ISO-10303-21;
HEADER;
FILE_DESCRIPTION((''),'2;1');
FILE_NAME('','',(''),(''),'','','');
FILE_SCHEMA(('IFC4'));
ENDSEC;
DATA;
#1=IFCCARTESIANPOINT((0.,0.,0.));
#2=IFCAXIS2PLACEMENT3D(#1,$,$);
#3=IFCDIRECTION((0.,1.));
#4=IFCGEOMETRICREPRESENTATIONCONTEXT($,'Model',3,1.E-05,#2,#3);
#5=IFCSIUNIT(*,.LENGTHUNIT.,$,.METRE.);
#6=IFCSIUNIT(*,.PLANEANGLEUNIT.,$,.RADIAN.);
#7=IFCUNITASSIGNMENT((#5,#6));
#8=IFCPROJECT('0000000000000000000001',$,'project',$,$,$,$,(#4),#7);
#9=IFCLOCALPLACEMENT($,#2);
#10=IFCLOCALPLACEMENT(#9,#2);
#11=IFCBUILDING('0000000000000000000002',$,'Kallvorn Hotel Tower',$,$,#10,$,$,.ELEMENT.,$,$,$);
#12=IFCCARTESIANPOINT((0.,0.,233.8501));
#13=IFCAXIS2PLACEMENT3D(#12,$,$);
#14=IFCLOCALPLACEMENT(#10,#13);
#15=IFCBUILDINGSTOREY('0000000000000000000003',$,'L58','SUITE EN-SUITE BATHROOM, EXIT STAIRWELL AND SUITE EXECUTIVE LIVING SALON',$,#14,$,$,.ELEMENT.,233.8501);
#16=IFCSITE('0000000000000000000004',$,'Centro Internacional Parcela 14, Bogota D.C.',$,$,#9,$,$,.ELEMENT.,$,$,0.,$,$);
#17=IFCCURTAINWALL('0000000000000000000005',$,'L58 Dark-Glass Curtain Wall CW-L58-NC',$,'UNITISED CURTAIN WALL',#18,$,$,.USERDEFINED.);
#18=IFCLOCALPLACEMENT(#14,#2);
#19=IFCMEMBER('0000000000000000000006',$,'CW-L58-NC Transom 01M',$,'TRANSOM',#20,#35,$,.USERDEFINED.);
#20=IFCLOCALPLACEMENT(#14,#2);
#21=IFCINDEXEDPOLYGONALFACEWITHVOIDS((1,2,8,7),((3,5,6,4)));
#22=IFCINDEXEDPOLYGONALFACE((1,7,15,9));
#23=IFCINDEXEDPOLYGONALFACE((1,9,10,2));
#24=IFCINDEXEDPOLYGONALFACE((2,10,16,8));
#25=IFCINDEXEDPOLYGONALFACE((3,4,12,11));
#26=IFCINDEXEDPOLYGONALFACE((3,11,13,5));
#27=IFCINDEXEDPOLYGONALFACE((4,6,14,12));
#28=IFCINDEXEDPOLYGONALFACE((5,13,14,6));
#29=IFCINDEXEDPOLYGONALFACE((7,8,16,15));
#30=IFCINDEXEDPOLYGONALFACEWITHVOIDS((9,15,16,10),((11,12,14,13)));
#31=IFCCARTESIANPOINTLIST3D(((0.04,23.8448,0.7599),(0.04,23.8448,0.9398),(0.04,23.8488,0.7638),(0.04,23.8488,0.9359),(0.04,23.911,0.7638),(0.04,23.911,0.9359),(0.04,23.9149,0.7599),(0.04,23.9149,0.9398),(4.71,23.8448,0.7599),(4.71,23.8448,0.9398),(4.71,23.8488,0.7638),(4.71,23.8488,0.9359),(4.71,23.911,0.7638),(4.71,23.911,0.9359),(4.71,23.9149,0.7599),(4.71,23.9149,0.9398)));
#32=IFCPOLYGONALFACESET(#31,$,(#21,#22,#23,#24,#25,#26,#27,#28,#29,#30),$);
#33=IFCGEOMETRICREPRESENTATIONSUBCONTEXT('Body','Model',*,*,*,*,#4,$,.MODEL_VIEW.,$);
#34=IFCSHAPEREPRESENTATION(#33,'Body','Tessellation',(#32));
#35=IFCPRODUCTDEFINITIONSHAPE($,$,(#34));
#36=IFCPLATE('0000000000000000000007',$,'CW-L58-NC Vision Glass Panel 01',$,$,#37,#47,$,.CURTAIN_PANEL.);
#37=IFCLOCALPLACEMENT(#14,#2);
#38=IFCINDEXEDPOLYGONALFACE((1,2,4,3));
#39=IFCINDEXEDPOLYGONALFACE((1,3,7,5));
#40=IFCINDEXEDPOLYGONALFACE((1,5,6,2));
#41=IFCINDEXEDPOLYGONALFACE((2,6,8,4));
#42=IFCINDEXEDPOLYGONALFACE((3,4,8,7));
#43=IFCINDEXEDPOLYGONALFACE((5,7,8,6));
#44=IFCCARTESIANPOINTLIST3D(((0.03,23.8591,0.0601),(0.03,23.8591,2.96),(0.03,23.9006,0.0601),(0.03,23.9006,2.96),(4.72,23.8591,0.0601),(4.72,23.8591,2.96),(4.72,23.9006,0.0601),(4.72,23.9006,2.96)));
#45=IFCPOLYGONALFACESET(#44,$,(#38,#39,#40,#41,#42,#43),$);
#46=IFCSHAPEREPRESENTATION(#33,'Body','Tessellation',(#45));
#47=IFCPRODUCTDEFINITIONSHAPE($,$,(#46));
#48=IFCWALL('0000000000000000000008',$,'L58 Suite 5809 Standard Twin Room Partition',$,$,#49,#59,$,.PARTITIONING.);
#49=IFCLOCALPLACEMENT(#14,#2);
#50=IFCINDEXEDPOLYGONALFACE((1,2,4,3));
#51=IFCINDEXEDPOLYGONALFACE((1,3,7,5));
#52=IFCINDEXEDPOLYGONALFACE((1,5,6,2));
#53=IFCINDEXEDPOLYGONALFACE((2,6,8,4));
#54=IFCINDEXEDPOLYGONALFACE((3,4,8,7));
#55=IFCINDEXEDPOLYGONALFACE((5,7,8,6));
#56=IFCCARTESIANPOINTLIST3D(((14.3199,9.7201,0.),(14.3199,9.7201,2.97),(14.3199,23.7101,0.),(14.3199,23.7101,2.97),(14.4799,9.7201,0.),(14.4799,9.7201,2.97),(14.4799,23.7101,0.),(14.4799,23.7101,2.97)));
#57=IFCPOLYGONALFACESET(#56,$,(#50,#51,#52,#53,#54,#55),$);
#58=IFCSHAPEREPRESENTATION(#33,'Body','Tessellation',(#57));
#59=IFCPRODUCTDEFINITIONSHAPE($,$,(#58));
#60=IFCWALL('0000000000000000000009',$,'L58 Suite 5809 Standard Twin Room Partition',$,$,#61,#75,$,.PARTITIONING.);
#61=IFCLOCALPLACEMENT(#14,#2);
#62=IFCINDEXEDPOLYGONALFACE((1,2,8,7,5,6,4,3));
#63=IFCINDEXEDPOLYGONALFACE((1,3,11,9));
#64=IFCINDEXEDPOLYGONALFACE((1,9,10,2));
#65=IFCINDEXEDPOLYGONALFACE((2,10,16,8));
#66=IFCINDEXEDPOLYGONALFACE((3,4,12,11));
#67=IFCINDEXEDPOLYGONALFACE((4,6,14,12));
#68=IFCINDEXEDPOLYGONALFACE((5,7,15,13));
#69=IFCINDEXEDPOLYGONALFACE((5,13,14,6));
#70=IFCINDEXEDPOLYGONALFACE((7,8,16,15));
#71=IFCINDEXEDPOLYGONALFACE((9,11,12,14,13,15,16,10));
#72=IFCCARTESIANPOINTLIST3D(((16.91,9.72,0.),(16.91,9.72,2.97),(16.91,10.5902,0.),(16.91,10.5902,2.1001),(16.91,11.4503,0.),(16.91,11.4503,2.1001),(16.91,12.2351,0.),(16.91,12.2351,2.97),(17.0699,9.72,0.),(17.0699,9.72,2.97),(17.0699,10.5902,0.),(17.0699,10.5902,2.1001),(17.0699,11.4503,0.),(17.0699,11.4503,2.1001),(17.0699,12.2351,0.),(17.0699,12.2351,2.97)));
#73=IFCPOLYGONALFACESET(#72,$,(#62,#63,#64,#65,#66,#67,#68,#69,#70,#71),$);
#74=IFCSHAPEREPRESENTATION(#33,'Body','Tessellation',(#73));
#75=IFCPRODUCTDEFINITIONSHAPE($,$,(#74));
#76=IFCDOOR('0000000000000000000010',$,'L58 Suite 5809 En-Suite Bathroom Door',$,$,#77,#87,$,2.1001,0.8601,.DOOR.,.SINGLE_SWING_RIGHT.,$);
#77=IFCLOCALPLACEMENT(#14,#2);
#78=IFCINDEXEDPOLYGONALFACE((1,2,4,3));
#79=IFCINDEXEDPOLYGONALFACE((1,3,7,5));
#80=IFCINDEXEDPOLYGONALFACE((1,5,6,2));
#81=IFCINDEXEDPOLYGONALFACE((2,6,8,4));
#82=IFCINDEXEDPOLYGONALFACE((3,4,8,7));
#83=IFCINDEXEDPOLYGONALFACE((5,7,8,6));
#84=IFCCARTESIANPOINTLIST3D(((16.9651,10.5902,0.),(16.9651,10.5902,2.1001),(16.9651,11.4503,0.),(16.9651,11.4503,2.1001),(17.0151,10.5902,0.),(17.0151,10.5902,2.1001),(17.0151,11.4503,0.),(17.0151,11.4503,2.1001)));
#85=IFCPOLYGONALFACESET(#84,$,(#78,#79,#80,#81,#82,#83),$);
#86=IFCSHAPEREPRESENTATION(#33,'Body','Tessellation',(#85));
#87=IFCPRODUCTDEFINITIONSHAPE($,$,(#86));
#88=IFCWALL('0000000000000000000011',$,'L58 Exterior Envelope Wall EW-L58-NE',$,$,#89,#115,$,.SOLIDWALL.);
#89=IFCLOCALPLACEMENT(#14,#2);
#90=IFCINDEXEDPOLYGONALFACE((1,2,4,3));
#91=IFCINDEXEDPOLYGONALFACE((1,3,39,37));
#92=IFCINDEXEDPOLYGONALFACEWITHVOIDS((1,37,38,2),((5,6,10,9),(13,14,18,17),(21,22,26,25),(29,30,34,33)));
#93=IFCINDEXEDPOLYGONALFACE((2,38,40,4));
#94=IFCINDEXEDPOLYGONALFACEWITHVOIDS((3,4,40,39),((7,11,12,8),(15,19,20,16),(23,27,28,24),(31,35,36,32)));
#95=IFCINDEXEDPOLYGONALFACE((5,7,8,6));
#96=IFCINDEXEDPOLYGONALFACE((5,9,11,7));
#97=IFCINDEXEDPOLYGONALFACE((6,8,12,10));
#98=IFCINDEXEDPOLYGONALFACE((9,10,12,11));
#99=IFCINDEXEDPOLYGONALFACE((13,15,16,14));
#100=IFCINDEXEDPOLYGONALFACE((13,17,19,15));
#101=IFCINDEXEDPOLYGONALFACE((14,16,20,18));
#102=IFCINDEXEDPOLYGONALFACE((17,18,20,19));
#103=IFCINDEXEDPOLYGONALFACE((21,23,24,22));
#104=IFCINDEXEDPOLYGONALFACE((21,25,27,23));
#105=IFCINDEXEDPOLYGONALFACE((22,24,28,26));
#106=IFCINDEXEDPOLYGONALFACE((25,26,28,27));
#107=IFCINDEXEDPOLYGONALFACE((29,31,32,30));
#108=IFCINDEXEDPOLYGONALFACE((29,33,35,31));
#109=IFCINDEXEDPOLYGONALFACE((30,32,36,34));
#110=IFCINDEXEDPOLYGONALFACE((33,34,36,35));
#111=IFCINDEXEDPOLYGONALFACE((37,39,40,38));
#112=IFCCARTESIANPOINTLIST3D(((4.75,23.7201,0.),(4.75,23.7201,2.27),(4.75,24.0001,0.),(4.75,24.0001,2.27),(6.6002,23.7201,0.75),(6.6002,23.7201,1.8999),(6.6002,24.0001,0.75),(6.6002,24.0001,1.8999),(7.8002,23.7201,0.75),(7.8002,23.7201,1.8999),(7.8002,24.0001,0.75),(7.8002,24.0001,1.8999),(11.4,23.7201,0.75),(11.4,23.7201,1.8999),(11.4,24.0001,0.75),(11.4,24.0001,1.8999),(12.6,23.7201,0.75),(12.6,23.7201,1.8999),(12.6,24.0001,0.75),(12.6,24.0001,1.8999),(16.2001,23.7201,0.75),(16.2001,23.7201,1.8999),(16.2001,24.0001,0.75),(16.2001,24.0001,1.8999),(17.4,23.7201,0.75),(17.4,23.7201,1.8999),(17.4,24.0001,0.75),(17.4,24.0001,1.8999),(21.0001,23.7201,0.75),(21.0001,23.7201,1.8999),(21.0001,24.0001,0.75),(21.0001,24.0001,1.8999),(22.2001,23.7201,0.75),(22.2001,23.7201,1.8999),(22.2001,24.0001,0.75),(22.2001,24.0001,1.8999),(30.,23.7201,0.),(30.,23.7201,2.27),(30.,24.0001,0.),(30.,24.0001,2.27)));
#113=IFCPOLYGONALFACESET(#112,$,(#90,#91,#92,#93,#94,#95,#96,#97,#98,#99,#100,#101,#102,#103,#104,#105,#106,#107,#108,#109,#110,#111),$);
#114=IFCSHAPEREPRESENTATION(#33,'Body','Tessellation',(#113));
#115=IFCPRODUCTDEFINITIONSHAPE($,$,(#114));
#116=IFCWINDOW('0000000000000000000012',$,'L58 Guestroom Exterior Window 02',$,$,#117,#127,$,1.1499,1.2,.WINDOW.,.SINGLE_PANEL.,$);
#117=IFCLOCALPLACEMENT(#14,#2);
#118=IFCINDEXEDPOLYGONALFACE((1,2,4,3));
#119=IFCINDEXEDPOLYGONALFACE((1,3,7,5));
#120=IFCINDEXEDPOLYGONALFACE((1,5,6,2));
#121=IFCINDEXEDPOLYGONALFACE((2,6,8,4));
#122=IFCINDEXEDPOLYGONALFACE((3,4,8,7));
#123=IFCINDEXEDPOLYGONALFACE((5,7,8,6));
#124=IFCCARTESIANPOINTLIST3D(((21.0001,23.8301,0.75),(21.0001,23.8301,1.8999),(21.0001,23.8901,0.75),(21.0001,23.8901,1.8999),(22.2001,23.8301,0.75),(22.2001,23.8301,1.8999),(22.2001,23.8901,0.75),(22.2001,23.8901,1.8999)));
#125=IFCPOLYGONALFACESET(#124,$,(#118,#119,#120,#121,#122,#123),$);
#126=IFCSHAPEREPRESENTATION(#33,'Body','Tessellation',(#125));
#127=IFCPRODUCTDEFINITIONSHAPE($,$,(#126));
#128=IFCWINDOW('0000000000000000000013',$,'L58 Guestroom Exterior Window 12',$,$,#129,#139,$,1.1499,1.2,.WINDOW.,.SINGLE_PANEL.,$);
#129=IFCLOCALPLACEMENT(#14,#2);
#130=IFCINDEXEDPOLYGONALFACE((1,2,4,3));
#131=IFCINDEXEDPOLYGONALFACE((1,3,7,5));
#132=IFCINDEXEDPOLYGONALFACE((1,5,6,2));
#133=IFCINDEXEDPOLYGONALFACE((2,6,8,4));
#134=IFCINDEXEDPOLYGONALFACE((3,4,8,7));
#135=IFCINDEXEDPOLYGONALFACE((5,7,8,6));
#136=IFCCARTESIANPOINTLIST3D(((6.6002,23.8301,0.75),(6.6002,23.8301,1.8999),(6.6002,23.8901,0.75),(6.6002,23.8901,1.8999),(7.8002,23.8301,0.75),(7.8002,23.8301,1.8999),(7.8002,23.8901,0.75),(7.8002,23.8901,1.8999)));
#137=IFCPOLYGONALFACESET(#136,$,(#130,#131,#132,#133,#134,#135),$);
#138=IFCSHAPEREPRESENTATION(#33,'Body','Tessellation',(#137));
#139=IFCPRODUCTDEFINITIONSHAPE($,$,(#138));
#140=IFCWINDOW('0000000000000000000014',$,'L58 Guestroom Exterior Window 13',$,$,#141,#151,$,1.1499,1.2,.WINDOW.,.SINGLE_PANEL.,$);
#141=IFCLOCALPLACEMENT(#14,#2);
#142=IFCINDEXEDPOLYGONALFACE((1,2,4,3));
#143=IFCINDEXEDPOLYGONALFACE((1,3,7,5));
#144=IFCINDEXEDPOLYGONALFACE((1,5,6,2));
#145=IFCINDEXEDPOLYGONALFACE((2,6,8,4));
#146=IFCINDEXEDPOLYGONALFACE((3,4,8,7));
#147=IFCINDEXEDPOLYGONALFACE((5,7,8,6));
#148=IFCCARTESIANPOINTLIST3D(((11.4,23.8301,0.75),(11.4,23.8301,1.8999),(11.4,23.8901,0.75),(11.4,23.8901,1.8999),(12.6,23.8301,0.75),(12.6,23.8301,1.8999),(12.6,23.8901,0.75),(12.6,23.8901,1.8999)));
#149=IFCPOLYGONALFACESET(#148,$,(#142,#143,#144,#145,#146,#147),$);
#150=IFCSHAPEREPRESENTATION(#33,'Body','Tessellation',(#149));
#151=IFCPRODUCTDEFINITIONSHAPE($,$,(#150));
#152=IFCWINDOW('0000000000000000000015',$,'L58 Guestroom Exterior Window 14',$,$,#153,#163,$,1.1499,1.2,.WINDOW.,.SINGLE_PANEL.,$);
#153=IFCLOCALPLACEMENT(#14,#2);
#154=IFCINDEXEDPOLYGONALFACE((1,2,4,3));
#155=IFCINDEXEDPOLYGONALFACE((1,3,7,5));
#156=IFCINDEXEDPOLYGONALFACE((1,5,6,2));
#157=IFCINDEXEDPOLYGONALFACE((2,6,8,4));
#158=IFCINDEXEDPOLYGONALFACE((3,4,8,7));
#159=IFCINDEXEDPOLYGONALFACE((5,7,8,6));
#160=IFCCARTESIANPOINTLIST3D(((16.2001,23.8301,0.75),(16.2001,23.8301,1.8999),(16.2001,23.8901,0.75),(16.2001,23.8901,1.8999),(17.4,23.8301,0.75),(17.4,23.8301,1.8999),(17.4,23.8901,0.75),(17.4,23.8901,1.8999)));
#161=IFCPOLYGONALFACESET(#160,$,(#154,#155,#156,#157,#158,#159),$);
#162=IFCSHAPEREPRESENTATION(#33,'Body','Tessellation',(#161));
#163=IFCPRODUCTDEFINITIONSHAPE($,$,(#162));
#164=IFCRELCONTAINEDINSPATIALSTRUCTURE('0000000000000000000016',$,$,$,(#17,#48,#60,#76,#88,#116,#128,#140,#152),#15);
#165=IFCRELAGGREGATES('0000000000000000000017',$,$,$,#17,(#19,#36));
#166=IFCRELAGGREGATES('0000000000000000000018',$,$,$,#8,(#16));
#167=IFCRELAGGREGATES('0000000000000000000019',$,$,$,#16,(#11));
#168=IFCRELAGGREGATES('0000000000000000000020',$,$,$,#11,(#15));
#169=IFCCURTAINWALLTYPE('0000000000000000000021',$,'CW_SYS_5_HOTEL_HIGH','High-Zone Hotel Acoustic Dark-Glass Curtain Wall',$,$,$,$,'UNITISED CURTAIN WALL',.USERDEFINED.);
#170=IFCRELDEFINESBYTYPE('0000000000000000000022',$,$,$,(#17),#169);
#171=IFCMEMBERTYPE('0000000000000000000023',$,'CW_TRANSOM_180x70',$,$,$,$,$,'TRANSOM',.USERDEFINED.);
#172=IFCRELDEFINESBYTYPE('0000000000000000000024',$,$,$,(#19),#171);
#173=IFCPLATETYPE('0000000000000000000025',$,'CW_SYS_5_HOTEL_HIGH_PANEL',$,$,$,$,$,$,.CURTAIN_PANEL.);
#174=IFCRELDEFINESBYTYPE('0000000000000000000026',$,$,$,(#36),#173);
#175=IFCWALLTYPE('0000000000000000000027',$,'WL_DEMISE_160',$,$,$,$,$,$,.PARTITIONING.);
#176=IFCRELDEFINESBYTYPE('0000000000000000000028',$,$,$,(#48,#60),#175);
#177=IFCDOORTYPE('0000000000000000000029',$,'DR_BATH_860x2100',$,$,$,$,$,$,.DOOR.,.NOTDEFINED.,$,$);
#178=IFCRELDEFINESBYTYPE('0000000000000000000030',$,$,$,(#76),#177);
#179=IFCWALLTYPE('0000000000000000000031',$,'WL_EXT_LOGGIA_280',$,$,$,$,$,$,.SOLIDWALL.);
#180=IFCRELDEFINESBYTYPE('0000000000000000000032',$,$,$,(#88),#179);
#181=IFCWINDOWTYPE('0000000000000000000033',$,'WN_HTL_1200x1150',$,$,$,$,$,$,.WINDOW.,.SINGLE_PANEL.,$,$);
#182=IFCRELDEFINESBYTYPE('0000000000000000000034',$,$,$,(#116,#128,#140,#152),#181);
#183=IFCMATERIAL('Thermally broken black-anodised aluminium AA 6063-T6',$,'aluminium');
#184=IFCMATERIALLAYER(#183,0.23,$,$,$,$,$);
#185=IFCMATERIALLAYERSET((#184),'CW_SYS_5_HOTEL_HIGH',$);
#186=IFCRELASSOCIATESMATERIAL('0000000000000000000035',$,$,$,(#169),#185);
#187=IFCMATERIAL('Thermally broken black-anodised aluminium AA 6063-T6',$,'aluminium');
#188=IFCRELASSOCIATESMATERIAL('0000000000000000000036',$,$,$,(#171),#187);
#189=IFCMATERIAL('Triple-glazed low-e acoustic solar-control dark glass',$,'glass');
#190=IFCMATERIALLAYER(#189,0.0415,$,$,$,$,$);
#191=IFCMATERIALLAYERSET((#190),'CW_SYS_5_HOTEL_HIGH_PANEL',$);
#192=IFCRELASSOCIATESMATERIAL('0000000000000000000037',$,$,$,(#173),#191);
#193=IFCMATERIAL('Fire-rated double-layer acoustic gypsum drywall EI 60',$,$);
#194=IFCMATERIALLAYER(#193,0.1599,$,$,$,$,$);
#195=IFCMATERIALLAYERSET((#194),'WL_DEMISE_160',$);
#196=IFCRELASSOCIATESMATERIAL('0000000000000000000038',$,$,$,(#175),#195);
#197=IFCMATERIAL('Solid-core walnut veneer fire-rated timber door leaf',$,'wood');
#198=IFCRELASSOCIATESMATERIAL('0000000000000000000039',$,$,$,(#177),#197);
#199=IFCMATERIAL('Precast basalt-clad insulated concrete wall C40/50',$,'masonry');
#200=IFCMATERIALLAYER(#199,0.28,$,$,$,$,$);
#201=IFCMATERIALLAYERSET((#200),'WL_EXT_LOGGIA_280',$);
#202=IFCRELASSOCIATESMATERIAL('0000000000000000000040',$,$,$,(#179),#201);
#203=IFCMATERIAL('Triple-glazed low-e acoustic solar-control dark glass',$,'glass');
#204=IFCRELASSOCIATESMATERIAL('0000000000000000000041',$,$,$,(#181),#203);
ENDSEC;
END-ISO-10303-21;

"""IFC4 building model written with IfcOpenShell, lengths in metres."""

from ifc_helpers import new_model, si_unit, direction, frame, frame_2d, origin, origin_2d, place, context, subcontext, project, spatial, rectangle, hollow_rectangle, extrude, material, layer, layer_set, material_profile, profile_set, type_object, element, fill, aggregate, save


model = new_model("IFC4")

# Units and contexts
model_context = context("Model", 3, precision=1e-05, world=origin(), true_north=direction((0.0, 1.0)))
body_context = subcontext(model_context, "Body", "Model", "MODEL_VIEW")
ifc_project = project(units=[si_unit("LENGTHUNIT", "METRE"), si_unit("PLANEANGLEUNIT", "RADIAN")], contexts=[model_context])

# Site, building, storey
site_placement = place(None, origin())
site = spatial("IfcSite", under=ifc_project, at=site_placement, Name="Centro Internacional Parcela 14, Bogota D.C.", CompositionType="ELEMENT", RefElevation=0.0)
building_placement = place(site_placement, origin())
building = spatial("IfcBuilding", under=site, at=building_placement, Name="Kallvorn Hotel Tower", CompositionType="ELEMENT")
storey_placement = place(building_placement, frame((0.0, 0.0, 233.8501)))
storey = spatial("IfcBuildingStorey", under=building, at=storey_placement, Name="L58", Description="SUITE EN-SUITE BATHROOM, EXIT STAIRWELL AND SUITE EXECUTIVE LIVING SALON", CompositionType="ELEMENT", Elevation=233.8501)

# Curtain wall, member, plate
ifc_material_1 = material(Name="Thermally broken black-anodised aluminium AA 6063-T6", Category="aluminium")
ifc_layer_1 = layer(ifc_material_1, 0.23)
ifc_layer_set_1 = layer_set([ifc_layer_1], Name="CW_SYS_5_HOTEL_HIGH")
curtain_wall_type = type_object("IfcCurtainWallType", Name="CW_SYS_5_HOTEL_HIGH", Description="High-Zone Hotel Acoustic Dark-Glass Curtain Wall", ElementType="UNITISED CURTAIN WALL", PredefinedType="USERDEFINED", material=ifc_layer_set_1)
curtain_wall_placement = place(storey_placement, origin())
curtain_wall = element("IfcCurtainWall", 1, at=curtain_wall_placement, inside=storey, type_object=curtain_wall_type, Name="L58 Dark-Glass Curtain Wall CW-L58-NC", ObjectType="UNITISED CURTAIN WALL", PredefinedType="USERDEFINED")
ifc_material_2 = material(Name="Thermally broken black-anodised aluminium AA 6063-T6", Category="aluminium")
ifc_material_profile_1 = material_profile(ifc_material_2, hollow_rectangle(XDim=0.0701, YDim=0.1799, WallThickness=0.0039, at=origin_2d()), Name="TRN 180x70")
ifc_profile_set_1 = profile_set([ifc_material_profile_1], Name="Thermally broken black-anodised aluminium AA 6063-T6")
member_type_1 = type_object("IfcMemberType", Name="CW_TRANSOM_180x70", ElementType="TRANSOM", PredefinedType="USERDEFINED", material=ifc_profile_set_1)
member_1_placement = place(storey_placement, frame((0.04, 23.8799, 0.8499), z_axis=(1.0, 0.0, 0.0), x_axis=(0.0, 1.0, 0.0)))
member_1 = element("IfcMember", 2, at=member_1_placement, type_object=member_type_1, Name="CW-L58-NC Transom 01M", ObjectType="TRANSOM", PredefinedType="USERDEFINED", context=body_context, shape_type="SweptSolid", body=[
    extrude(hollow_rectangle(XDim=0.0701, YDim=0.1799, WallThickness=0.0039, at=origin_2d()), origin(), (0.0, 0.0, 1.0), 4.6699),
])
ifc_material_3 = material(Name="Triple-glazed low-e acoustic solar-control dark glass", Category="glass")
ifc_layer_2 = layer(ifc_material_3, 0.0415)
ifc_layer_set_2 = layer_set([ifc_layer_2], Name="CW_SYS_5_HOTEL_HIGH_PANEL")
plate_type = type_object("IfcPlateType", Name="CW_SYS_5_HOTEL_HIGH_PANEL", PredefinedType="CURTAIN_PANEL", material=ifc_layer_set_2)
plate_placement = place(storey_placement, frame((2.375, 23.8799, 0.0601), z_axis=(0.0, 0.0, 1.0), x_axis=(1.0, 0.0, 0.0)))
plate = element("IfcPlate", 3, at=plate_placement, type_object=plate_type, Name="CW-L58-NC Vision Glass Panel 01", PredefinedType="CURTAIN_PANEL", context=body_context, shape_type="SweptSolid", body=[
    extrude(rectangle(XDim=4.6899, YDim=0.0415, at=origin_2d()), origin(), (0.0, 0.0, 1.0), 2.8999),
])
aggregate(curtain_wall, [member_1, plate])

# Wall
ifc_material_4 = material(Name="Fire-rated double-layer acoustic gypsum drywall EI 60")
ifc_layer_3 = layer(ifc_material_4, 0.1599)
ifc_layer_set_3 = layer_set([ifc_layer_3], Name="WL_DEMISE_160")
wall_type_1 = type_object("IfcWallType", Name="WL_DEMISE_160", PredefinedType="PARTITIONING", material=ifc_layer_set_3)
wall_1_placement = place(storey_placement, frame((14.3999, 9.72, 0.0), z_axis=(0.0, 0.0, 1.0), x_axis=(0.0, 1.0, 0.0)))
element("IfcWall", 4, at=wall_1_placement, inside=storey, type_object=wall_type_1, Name="L58 Suite 5809 Standard Twin Room Partition", PredefinedType="PARTITIONING", context=body_context, shape_type="SweptSolid", body=[
    extrude(rectangle(XDim=13.99, YDim=0.1599, at=frame_2d((6.9951, 0.0))), origin(), (0.0, 0.0, 1.0), 2.97),
])

# Wall, opening, door
wall_2_placement = place(storey_placement, frame((16.99, 9.72, 0.0), z_axis=(0.0, 0.0, 1.0), x_axis=(0.0, 1.0, 0.0)))
wall_2 = element("IfcWall", 5, at=wall_2_placement, inside=storey, type_object=wall_type_1, Name="L58 Suite 5809 Standard Twin Room Partition", PredefinedType="PARTITIONING", context=body_context, shape_type="SweptSolid", body=[
    extrude(rectangle(XDim=2.5151, YDim=0.1599, at=frame_2d((1.2576, 0.0))), origin(), (0.0, 0.0, 1.0), 2.97),
])
opening_1_placement = place(wall_2_placement, frame((0.8701, 0.0, 0.0)))
opening_1 = element("IfcOpeningElement", 6, at=opening_1_placement, cuts=wall_2, PredefinedType="OPENING", context=body_context, shape_type="SweptSolid", body=[
    extrude(rectangle(XDim=0.8601, YDim=2.1001, at=frame_2d((0.4302, 1.05))), frame((0.0, 0.095, 0.0), z_axis=(0.0, -1.0, 0.0), x_axis=(1.0, 0.0, 0.0)), (0.0, 0.0, 1.0), 0.1899),
])
ifc_material_5 = material(Name="Solid-core walnut veneer fire-rated timber door leaf", Category="wood")
door_type = type_object("IfcDoorType", Name="DR_BATH_860x2100", OperationType="NOTDEFINED", PredefinedType="DOOR", material=ifc_material_5)
door_placement = place(opening_1_placement, origin())
door = element("IfcDoor", 7, at=door_placement, inside=storey, type_object=door_type, Name="L58 Suite 5809 En-Suite Bathroom Door", OperationType="SINGLE_SWING_RIGHT", OverallHeight=2.1001, OverallWidth=0.8601, PredefinedType="DOOR", context=body_context, shape_type="SweptSolid", body=[
    extrude(rectangle(XDim=0.8601, YDim=2.1001, at=frame_2d((0.4302, 1.05))), frame((0.0, 0.0249, 0.0), z_axis=(0.0, -1.0, 0.0), x_axis=(1.0, 0.0, 0.0)), (0.0, 0.0, 1.0), 0.05),
])
fill(opening_1, door)

# Wall, openings, windows
ifc_material_6 = material(Name="Precast basalt-clad insulated concrete wall C40/50", Category="masonry")
ifc_layer_4 = layer(ifc_material_6, 0.28)
ifc_layer_set_4 = layer_set([ifc_layer_4], Name="WL_EXT_LOGGIA_280")
wall_type_2 = type_object("IfcWallType", Name="WL_EXT_LOGGIA_280", PredefinedType="SOLIDWALL", material=ifc_layer_set_4)
wall_3_placement = place(storey_placement, frame((4.75, 23.8601, 0.0), z_axis=(0.0, 0.0, 1.0), x_axis=(1.0, 0.0, 0.0)))
wall_3 = element("IfcWall", 8, at=wall_3_placement, inside=storey, type_object=wall_type_2, Name="L58 Exterior Envelope Wall EW-L58-NE", PredefinedType="SOLIDWALL", context=body_context, shape_type="SweptSolid", body=[
    extrude(rectangle(XDim=25.25, YDim=0.28, at=frame_2d((12.625, 0.0))), origin(), (0.0, 0.0, 1.0), 2.27),
])
opening_2_placement = place(wall_3_placement, frame((16.25, 0.0, 0.75)))
opening_2 = element("IfcOpeningElement", 9, at=opening_2_placement, cuts=wall_3, PredefinedType="OPENING", context=body_context, shape_type="SweptSolid", body=[
    extrude(rectangle(XDim=1.2, YDim=1.1499, at=frame_2d((0.6001, 0.575))), frame((0.0, 0.155, 0.0), z_axis=(0.0, -1.0, 0.0), x_axis=(1.0, 0.0, 0.0)), (0.0, 0.0, 1.0), 0.3101),
])
opening_3_placement = place(wall_3_placement, frame((1.8501, 0.0, 0.75)))
opening_3 = element("IfcOpeningElement", 10, at=opening_3_placement, cuts=wall_3, PredefinedType="OPENING", context=body_context, shape_type="SweptSolid", body=[
    extrude(rectangle(XDim=1.2, YDim=1.1499, at=frame_2d((0.6001, 0.575))), frame((0.0, 0.155, 0.0), z_axis=(0.0, -1.0, 0.0), x_axis=(1.0, 0.0, 0.0)), (0.0, 0.0, 1.0), 0.3101),
])
opening_4_placement = place(wall_3_placement, frame((6.6499, 0.0, 0.75)))
opening_4 = element("IfcOpeningElement", 11, at=opening_4_placement, cuts=wall_3, PredefinedType="OPENING", context=body_context, shape_type="SweptSolid", body=[
    extrude(rectangle(XDim=1.2, YDim=1.1499, at=frame_2d((0.6001, 0.575))), frame((0.0, 0.155, 0.0), z_axis=(0.0, -1.0, 0.0), x_axis=(1.0, 0.0, 0.0)), (0.0, 0.0, 1.0), 0.3101),
])
opening_5_placement = place(wall_3_placement, frame((11.45, 0.0, 0.75)))
opening_5 = element("IfcOpeningElement", 12, at=opening_5_placement, cuts=wall_3, PredefinedType="OPENING", context=body_context, shape_type="SweptSolid", body=[
    extrude(rectangle(XDim=1.2, YDim=1.1499, at=frame_2d((0.6001, 0.575))), frame((0.0, 0.155, 0.0), z_axis=(0.0, -1.0, 0.0), x_axis=(1.0, 0.0, 0.0)), (0.0, 0.0, 1.0), 0.3101),
])
ifc_material_7 = material(Name="Triple-glazed low-e acoustic solar-control dark glass", Category="glass")
window_type = type_object("IfcWindowType", Name="WN_HTL_1200x1150", PartitioningType="SINGLE_PANEL", PredefinedType="WINDOW", material=ifc_material_7)
window_1_placement = place(opening_2_placement, origin())
window_1 = element("IfcWindow", 13, at=window_1_placement, inside=storey, type_object=window_type, Name="L58 Guestroom Exterior Window 02", OverallHeight=1.1499, OverallWidth=1.2, PartitioningType="SINGLE_PANEL", PredefinedType="WINDOW", context=body_context, shape_type="SweptSolid", body=[
    extrude(rectangle(XDim=1.2, YDim=1.1499, at=frame_2d((0.6001, 0.575))), frame((0.0, 0.03, 0.0), z_axis=(0.0, -1.0, 0.0), x_axis=(1.0, 0.0, 0.0)), (0.0, 0.0, 1.0), 0.0601),
])
fill(opening_2, window_1)
window_2_placement = place(opening_3_placement, origin())
window_2 = element("IfcWindow", 14, at=window_2_placement, inside=storey, type_object=window_type, Name="L58 Guestroom Exterior Window 12", OverallHeight=1.1499, OverallWidth=1.2, PartitioningType="SINGLE_PANEL", PredefinedType="WINDOW", context=body_context, shape_type="SweptSolid", body=[
    extrude(rectangle(XDim=1.2, YDim=1.1499, at=frame_2d((0.6001, 0.575))), frame((0.0, 0.03, 0.0), z_axis=(0.0, -1.0, 0.0), x_axis=(1.0, 0.0, 0.0)), (0.0, 0.0, 1.0), 0.0601),
])
fill(opening_3, window_2)
window_3_placement = place(opening_4_placement, origin())
window_3 = element("IfcWindow", 15, at=window_3_placement, inside=storey, type_object=window_type, Name="L58 Guestroom Exterior Window 13", OverallHeight=1.1499, OverallWidth=1.2, PartitioningType="SINGLE_PANEL", PredefinedType="WINDOW", context=body_context, shape_type="SweptSolid", body=[
    extrude(rectangle(XDim=1.2, YDim=1.1499, at=frame_2d((0.6001, 0.575))), frame((0.0, 0.03, 0.0), z_axis=(0.0, -1.0, 0.0), x_axis=(1.0, 0.0, 0.0)), (0.0, 0.0, 1.0), 0.0601),
])
fill(opening_4, window_3)
window_4_placement = place(opening_5_placement, origin())
window_4 = element("IfcWindow", 16, at=window_4_placement, inside=storey, type_object=window_type, Name="L58 Guestroom Exterior Window 14", OverallHeight=1.1499, OverallWidth=1.2, PartitioningType="SINGLE_PANEL", PredefinedType="WINDOW", context=body_context, shape_type="SweptSolid", body=[
    extrude(rectangle(XDim=1.2, YDim=1.1499, at=frame_2d((0.6001, 0.575))), frame((0.0, 0.03, 0.0), z_axis=(0.0, -1.0, 0.0), x_axis=(1.0, 0.0, 0.0)), (0.0, 0.0, 1.0), 0.0601),
])
fill(opening_5, window_4)

save(model, "model.ifc")
